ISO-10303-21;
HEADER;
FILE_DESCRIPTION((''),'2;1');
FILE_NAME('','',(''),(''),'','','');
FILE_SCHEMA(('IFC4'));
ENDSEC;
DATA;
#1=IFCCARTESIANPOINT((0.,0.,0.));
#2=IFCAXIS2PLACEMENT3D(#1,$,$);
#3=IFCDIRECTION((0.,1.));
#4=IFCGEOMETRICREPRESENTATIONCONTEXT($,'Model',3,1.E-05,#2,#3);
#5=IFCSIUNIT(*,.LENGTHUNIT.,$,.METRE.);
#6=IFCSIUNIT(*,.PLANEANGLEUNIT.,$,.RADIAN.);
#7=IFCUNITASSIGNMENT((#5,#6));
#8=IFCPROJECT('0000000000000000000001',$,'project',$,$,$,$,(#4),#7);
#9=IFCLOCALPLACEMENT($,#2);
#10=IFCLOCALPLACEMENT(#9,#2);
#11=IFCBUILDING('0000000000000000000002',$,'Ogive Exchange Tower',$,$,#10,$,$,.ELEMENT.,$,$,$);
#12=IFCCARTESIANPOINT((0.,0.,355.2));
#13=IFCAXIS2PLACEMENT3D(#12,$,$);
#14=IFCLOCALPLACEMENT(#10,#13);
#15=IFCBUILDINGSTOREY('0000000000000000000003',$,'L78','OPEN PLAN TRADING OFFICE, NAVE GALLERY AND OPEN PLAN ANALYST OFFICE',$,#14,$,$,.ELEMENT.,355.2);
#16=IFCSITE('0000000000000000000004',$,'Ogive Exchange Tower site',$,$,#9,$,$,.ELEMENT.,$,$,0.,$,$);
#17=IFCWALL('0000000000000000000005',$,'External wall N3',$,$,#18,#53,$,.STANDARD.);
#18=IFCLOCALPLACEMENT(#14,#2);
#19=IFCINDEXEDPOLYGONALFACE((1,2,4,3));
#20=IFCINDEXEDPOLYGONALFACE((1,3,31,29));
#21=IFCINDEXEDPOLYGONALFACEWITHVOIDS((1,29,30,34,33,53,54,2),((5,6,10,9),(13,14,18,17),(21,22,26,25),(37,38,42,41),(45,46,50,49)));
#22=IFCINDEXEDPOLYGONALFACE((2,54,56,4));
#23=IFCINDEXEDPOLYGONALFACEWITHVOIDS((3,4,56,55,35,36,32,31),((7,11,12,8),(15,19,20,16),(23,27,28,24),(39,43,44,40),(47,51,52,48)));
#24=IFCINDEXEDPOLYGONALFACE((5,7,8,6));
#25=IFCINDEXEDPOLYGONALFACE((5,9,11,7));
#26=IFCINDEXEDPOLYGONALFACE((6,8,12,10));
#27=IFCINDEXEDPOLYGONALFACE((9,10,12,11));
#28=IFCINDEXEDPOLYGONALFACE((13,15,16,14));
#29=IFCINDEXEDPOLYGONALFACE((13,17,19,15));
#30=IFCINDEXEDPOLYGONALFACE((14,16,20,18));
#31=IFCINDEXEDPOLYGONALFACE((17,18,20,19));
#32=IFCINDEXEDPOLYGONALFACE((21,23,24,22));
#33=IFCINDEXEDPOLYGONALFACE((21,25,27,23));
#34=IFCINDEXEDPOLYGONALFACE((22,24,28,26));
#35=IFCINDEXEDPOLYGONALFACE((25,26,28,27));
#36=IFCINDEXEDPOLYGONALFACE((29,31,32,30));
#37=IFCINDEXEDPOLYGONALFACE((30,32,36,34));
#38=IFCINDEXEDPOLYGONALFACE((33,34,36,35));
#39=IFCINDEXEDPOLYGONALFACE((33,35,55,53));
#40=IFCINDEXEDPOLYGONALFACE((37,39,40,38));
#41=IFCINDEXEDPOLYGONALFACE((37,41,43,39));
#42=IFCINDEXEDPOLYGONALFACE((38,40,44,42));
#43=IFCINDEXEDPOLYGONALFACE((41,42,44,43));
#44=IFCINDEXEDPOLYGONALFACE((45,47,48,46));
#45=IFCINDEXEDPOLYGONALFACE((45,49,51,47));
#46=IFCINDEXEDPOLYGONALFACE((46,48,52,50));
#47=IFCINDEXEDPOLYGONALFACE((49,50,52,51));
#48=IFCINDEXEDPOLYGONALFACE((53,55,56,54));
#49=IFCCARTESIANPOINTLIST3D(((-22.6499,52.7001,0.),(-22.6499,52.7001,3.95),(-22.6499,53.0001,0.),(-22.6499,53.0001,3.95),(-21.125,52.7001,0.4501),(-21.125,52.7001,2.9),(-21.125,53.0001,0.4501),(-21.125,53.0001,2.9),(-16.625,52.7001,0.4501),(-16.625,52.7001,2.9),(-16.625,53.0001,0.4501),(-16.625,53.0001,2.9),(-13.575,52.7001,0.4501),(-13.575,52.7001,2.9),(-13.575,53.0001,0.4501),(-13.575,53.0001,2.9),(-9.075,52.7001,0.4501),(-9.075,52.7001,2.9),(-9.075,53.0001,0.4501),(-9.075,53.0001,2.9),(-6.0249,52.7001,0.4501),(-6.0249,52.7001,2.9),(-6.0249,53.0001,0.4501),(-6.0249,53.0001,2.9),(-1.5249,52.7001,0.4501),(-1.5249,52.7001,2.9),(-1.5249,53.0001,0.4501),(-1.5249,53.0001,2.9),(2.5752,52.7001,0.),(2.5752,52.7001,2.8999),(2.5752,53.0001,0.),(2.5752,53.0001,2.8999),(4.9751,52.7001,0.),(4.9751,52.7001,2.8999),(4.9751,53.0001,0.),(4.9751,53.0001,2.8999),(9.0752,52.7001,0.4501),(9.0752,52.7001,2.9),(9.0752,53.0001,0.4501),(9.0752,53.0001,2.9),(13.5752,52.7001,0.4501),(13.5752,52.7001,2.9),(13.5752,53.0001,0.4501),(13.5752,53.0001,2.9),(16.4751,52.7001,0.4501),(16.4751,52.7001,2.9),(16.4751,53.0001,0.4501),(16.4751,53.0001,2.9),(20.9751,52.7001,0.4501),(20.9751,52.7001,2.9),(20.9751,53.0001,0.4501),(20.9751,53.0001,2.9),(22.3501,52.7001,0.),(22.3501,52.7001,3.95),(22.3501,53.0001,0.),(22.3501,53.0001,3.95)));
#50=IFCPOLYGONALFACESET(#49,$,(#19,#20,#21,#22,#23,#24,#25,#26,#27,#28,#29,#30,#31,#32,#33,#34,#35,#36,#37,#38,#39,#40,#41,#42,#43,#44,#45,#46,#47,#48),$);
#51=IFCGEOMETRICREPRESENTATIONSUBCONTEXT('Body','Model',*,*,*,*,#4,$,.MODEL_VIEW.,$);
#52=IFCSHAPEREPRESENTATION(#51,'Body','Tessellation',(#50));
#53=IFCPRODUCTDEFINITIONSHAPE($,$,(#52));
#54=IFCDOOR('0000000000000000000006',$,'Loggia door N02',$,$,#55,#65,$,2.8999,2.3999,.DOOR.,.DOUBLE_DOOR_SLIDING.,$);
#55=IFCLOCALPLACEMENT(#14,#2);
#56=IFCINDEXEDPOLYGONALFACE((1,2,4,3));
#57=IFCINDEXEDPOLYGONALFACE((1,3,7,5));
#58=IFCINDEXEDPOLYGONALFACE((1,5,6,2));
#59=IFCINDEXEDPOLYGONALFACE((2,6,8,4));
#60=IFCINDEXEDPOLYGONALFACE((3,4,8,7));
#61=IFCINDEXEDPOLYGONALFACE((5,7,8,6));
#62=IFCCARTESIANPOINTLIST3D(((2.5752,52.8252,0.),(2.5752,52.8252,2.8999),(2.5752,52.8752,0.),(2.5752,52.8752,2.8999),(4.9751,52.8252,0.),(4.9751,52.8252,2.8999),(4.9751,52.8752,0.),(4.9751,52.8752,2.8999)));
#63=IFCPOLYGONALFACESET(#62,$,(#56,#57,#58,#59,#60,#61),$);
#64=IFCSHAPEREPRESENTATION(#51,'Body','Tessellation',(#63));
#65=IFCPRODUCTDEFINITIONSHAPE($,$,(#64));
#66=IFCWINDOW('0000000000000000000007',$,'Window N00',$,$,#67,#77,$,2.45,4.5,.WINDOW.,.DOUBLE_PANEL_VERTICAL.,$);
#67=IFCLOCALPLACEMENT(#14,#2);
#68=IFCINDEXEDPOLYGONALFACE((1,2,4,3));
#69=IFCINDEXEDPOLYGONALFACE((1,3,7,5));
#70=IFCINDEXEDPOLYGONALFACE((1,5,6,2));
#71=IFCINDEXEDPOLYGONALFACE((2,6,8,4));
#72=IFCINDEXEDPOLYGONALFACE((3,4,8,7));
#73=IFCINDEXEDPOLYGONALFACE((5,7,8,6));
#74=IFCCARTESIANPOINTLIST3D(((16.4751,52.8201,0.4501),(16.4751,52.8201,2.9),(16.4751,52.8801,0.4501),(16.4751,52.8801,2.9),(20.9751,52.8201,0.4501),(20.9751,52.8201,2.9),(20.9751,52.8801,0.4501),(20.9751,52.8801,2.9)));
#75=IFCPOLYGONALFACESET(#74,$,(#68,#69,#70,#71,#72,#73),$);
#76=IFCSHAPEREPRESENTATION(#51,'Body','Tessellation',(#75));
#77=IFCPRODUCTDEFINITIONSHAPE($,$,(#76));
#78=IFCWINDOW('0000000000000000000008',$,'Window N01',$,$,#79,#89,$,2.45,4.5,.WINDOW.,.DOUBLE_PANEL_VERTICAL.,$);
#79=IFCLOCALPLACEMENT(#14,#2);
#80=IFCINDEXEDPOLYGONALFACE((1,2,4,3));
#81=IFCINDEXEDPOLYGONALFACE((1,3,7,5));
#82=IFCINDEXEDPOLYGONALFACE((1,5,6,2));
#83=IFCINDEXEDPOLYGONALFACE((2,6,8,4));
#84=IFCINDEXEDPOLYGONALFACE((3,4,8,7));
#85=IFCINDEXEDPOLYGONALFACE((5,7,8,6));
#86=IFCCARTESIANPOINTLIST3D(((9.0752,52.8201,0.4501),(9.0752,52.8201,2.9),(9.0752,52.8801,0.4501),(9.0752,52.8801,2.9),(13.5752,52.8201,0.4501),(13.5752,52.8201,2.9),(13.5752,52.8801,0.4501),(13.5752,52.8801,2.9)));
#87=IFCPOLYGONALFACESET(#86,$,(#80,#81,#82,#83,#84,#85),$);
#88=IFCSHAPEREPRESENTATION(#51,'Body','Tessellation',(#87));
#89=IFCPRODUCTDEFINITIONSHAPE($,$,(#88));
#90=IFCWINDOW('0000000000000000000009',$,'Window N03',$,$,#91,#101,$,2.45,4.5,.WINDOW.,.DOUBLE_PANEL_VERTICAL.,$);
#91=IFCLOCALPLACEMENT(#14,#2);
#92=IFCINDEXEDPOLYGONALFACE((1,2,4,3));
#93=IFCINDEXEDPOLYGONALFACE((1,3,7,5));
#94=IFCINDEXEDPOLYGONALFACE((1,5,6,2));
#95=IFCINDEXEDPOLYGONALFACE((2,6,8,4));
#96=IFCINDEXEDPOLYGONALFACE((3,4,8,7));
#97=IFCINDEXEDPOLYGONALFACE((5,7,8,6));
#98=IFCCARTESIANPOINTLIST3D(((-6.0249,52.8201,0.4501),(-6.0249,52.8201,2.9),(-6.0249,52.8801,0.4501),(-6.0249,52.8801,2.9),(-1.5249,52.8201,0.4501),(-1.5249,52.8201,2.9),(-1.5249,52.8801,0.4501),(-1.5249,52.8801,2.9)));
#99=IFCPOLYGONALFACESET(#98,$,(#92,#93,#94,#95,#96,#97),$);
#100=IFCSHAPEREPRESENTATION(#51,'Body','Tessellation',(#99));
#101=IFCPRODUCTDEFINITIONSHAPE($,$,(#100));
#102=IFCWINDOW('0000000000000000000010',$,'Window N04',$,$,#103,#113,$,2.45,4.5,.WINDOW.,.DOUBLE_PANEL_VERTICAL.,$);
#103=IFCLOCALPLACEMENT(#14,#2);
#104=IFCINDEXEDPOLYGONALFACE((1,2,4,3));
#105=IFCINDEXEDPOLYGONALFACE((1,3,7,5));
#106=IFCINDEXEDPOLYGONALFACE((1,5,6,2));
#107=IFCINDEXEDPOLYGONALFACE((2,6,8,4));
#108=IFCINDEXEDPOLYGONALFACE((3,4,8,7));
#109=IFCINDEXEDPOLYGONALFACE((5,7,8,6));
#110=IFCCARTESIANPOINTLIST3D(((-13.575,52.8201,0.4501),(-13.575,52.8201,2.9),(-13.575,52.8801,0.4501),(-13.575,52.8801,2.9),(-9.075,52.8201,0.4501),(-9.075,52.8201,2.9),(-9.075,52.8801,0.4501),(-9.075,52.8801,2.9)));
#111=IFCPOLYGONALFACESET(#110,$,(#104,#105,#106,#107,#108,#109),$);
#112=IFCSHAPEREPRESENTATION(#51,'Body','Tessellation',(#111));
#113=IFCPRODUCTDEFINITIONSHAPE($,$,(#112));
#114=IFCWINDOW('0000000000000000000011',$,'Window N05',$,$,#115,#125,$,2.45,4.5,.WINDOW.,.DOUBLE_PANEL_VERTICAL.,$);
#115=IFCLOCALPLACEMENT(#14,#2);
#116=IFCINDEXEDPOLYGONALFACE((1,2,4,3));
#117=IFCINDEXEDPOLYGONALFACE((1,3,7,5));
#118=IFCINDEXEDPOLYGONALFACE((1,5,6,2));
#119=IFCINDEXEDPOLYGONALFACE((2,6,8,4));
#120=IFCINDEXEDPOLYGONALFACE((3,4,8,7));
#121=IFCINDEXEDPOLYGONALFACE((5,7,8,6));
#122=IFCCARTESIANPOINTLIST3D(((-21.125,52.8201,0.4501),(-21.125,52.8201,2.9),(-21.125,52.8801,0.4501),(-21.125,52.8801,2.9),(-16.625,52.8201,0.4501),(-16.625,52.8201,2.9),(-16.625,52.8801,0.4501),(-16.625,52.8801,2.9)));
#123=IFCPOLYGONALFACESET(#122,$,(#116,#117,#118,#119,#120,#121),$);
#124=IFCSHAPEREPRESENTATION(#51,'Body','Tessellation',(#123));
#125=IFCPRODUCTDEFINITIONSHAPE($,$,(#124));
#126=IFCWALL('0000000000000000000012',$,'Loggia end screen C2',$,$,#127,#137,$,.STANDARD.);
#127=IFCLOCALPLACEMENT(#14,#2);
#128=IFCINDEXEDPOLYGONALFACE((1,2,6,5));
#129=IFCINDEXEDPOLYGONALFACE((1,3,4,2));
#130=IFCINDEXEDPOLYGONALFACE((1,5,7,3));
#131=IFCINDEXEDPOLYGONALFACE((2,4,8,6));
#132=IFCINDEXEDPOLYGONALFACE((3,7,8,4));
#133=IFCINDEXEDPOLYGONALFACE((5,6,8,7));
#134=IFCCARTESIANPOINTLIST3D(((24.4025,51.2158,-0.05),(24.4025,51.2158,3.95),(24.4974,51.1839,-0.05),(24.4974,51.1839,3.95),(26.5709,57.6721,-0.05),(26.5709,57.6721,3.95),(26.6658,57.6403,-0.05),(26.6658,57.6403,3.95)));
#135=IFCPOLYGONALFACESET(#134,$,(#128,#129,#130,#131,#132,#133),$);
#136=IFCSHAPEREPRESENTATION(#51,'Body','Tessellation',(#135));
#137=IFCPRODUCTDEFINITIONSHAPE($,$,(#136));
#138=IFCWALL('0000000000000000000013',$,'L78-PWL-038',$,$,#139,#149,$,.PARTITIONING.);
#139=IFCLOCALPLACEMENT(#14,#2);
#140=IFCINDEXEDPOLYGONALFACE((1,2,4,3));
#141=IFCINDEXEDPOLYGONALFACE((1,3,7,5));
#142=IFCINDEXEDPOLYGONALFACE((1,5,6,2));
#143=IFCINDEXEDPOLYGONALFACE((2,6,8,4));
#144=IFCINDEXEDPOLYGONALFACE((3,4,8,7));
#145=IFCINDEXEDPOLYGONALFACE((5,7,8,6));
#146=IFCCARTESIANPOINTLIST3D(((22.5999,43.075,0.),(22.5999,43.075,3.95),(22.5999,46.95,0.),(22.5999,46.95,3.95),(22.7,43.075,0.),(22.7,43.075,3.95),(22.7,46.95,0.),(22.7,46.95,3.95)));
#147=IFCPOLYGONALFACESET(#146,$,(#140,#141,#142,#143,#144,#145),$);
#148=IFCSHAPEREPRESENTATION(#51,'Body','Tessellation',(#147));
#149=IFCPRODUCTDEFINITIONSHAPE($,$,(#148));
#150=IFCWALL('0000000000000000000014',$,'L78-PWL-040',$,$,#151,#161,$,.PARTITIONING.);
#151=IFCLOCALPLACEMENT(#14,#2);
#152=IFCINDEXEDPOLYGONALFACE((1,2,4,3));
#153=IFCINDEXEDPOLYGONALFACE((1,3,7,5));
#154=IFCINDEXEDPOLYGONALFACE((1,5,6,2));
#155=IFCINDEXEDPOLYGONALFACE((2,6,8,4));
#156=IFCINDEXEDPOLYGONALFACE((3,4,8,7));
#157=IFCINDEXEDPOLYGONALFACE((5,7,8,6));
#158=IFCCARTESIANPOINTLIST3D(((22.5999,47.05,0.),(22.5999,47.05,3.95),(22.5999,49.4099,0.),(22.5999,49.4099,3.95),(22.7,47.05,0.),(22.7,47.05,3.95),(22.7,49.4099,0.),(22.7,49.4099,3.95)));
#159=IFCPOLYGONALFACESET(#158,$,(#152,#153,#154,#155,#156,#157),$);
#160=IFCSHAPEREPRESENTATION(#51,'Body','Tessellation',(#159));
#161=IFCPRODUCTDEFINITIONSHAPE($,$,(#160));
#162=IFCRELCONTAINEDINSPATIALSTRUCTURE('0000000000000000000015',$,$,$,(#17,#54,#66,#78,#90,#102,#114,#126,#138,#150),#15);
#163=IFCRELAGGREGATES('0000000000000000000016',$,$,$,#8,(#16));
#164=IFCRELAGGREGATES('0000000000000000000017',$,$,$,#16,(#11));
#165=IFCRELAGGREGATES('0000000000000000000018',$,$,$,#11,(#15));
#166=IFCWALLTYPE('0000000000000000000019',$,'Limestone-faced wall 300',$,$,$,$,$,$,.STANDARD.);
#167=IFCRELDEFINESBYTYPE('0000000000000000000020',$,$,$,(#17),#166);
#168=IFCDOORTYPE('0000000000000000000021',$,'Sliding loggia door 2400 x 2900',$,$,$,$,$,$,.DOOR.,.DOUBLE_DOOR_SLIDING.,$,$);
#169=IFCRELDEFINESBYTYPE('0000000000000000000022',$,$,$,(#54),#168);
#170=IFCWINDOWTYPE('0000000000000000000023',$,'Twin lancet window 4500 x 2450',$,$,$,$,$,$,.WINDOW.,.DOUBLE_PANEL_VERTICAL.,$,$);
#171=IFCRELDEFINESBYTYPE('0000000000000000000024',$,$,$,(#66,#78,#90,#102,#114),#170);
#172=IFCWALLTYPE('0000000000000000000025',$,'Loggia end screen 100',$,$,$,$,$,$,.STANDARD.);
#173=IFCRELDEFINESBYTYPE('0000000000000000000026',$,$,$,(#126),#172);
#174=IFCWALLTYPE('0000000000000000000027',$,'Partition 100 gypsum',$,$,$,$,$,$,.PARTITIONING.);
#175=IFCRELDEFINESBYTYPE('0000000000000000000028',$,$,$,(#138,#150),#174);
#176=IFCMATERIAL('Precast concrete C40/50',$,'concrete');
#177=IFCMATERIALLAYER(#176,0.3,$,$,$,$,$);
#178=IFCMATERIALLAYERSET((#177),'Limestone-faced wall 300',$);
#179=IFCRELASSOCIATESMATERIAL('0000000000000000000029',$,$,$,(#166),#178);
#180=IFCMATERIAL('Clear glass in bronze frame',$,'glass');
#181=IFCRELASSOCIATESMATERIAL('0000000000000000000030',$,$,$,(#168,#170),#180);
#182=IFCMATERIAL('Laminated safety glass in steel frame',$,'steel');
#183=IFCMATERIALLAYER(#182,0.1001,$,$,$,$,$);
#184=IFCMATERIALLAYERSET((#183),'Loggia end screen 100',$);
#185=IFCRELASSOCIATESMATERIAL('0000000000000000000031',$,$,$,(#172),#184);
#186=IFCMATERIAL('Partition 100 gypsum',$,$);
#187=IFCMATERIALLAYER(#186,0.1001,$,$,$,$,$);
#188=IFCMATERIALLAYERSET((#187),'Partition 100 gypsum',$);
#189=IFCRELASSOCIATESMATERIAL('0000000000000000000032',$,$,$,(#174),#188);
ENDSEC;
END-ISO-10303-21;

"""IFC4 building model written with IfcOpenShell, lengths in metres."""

from ifc_helpers import new_model, si_unit, direction, frame, frame_2d, origin, place, context, subcontext, project, spatial, rectangle, extrude, material, layer, layer_set, type_object, element, fill, save


model = new_model("IFC4")

# Units and contexts
model_context = context("Model", 3, precision=1e-05, world=origin(), true_north=direction((0.0, 1.0)))
body_context = subcontext(model_context, "Body", "Model", "MODEL_VIEW")
ifc_project = project(units=[si_unit("LENGTHUNIT", "METRE"), si_unit("PLANEANGLEUNIT", "RADIAN")], contexts=[model_context])

# Site, building, storey
site_placement = place(None, origin())
site = spatial("IfcSite", under=ifc_project, at=site_placement, Name="Ogive Exchange Tower site", CompositionType="ELEMENT", RefElevation=0.0)
building_placement = place(site_placement, origin())
building = spatial("IfcBuilding", under=site, at=building_placement, Name="Ogive Exchange Tower", CompositionType="ELEMENT")
storey_placement = place(building_placement, frame((0.0, 0.0, 355.2)))
storey = spatial("IfcBuildingStorey", under=building, at=storey_placement, Name="L78", Description="OPEN PLAN TRADING OFFICE, NAVE GALLERY AND OPEN PLAN ANALYST OFFICE", CompositionType="ELEMENT", Elevation=355.2)

# Wall, openings, door, windows
ifc_material_1 = material(Name="Precast concrete C40/50", Category="concrete")
ifc_layer_1 = layer(ifc_material_1, 0.3)
ifc_layer_set_1 = layer_set([ifc_layer_1], Name="Limestone-faced wall 300")
wall_type_1 = type_object("IfcWallType", Name="Limestone-faced wall 300", PredefinedType="STANDARD", material=ifc_layer_set_1)
wall_1_placement = place(storey_placement, frame((22.3501, 52.8501, 0.0), z_axis=(0.0, 0.0, 1.0), x_axis=(-1.0, 0.0, 0.0)))
wall_1 = element("IfcWall", 1, at=wall_1_placement, inside=storey, type_object=wall_type_1, Name="External wall N3", PredefinedType="STANDARD", context=body_context, shape_type="SweptSolid", body=[
    extrude(rectangle(XDim=45.0, YDim=0.3, at=frame_2d((22.5, 0.0))), origin(), (0.0, 0.0, 1.0), 3.95),
])
opening_1_placement = place(wall_1_placement, frame((1.375, 0.0, 0.45)))
opening_1 = element("IfcOpeningElement", 2, at=opening_1_placement, cuts=wall_1, PredefinedType="OPENING", context=body_context, shape_type="SweptSolid", body=[
    extrude(rectangle(XDim=4.5, YDim=2.45, at=frame_2d((2.25, 1.2251))), frame((0.0, 0.1599, 0.0), z_axis=(0.0, -1.0, 0.0), x_axis=(1.0, 0.0, 0.0)), (0.0, 0.0, 1.0), 0.3201),
])
opening_2_placement = place(wall_1_placement, frame((8.7749, 0.0, 0.45)))
opening_2 = element("IfcOpeningElement", 3, at=opening_2_placement, cuts=wall_1, PredefinedType="OPENING", context=body_context, shape_type="SweptSolid", body=[
    extrude(rectangle(XDim=4.5, YDim=2.45, at=frame_2d((2.25, 1.2251))), frame((0.0, 0.1599, 0.0), z_axis=(0.0, -1.0, 0.0), x_axis=(1.0, 0.0, 0.0)), (0.0, 0.0, 1.0), 0.3201),
])
opening_3_placement = place(wall_1_placement, frame((17.375, 0.0, 0.0)))
opening_3 = element("IfcOpeningElement", 4, at=opening_3_placement, cuts=wall_1, PredefinedType="OPENING", context=body_context, shape_type="SweptSolid", body=[
    extrude(rectangle(XDim=2.3999, YDim=2.8999, at=frame_2d((1.2, 1.45))), frame((0.0, 0.1599, 0.0), z_axis=(0.0, -1.0, 0.0), x_axis=(1.0, 0.0, 0.0)), (0.0, 0.0, 1.0), 0.3201),
])
opening_4_placement = place(wall_1_placement, frame((23.875, 0.0, 0.45)))
opening_4 = element("IfcOpeningElement", 5, at=opening_4_placement, cuts=wall_1, PredefinedType="OPENING", context=body_context, shape_type="SweptSolid", body=[
    extrude(rectangle(XDim=4.5, YDim=2.45, at=frame_2d((2.25, 1.2251))), frame((0.0, 0.1599, 0.0), z_axis=(0.0, -1.0, 0.0), x_axis=(1.0, 0.0, 0.0)), (0.0, 0.0, 1.0), 0.3201),
])
opening_5_placement = place(wall_1_placement, frame((31.425, 0.0, 0.45)))
opening_5 = element("IfcOpeningElement", 6, at=opening_5_placement, cuts=wall_1, PredefinedType="OPENING", context=body_context, shape_type="SweptSolid", body=[
    extrude(rectangle(XDim=4.5, YDim=2.45, at=frame_2d((2.25, 1.2251))), frame((0.0, 0.1599, 0.0), z_axis=(0.0, -1.0, 0.0), x_axis=(1.0, 0.0, 0.0)), (0.0, 0.0, 1.0), 0.3201),
])
opening_6_placement = place(wall_1_placement, frame((38.9751, 0.0, 0.45)))
opening_6 = element("IfcOpeningElement", 7, at=opening_6_placement, cuts=wall_1, PredefinedType="OPENING", context=body_context, shape_type="SweptSolid", body=[
    extrude(rectangle(XDim=4.5, YDim=2.45, at=frame_2d((2.25, 1.2251))), frame((0.0, 0.1599, 0.0), z_axis=(0.0, -1.0, 0.0), x_axis=(1.0, 0.0, 0.0)), (0.0, 0.0, 1.0), 0.3201),
])
ifc_material_2 = material(Name="Clear glass in bronze frame", Category="glass")
door_type_1 = type_object("IfcDoorType", Name="Sliding loggia door 2400 x 2900", OperationType="DOUBLE_DOOR_SLIDING", PredefinedType="DOOR", material=ifc_material_2)
door_1_placement = place(opening_3_placement, origin())
door_1 = element("IfcDoor", 8, at=door_1_placement, inside=storey, type_object=door_type_1, Name="Loggia door N02", OperationType="DOUBLE_DOOR_SLIDING", OverallHeight=2.8999, OverallWidth=2.3999, PredefinedType="DOOR", context=body_context, shape_type="SweptSolid", body=[
    extrude(rectangle(XDim=2.3999, YDim=2.8999, at=frame_2d((1.2, 1.45))), frame((0.0, 0.0249, 0.0), z_axis=(0.0, -1.0, 0.0), x_axis=(1.0, 0.0, 0.0)), (0.0, 0.0, 1.0), 0.05),
])
fill(opening_3, door_1)
window_type = type_object("IfcWindowType", Name="Twin lancet window 4500 x 2450", PartitioningType="DOUBLE_PANEL_VERTICAL", PredefinedType="WINDOW", material=ifc_material_2)
window_1_placement = place(opening_1_placement, origin())
window_1 = element("IfcWindow", 9, at=window_1_placement, inside=storey, type_object=window_type, Name="Window N00", OverallHeight=2.45, OverallWidth=4.5, PartitioningType="DOUBLE_PANEL_VERTICAL", PredefinedType="WINDOW", context=body_context, shape_type="SweptSolid", body=[
    extrude(rectangle(XDim=4.5, YDim=2.45, at=frame_2d((2.25, 1.2251))), frame((0.0, 0.03, 0.0), z_axis=(0.0, -1.0, 0.0), x_axis=(1.0, 0.0, 0.0)), (0.0, 0.0, 1.0), 0.0601),
])
fill(opening_1, window_1)
window_2_placement = place(opening_2_placement, origin())
window_2 = element("IfcWindow", 10, at=window_2_placement, inside=storey, type_object=window_type, Name="Window N01", OverallHeight=2.45, OverallWidth=4.5, PartitioningType="DOUBLE_PANEL_VERTICAL", PredefinedType="WINDOW", context=body_context, shape_type="SweptSolid", body=[
    extrude(rectangle(XDim=4.5, YDim=2.45, at=frame_2d((2.25, 1.2251))), frame((0.0, 0.03, 0.0), z_axis=(0.0, -1.0, 0.0), x_axis=(1.0, 0.0, 0.0)), (0.0, 0.0, 1.0), 0.0601),
])
fill(opening_2, window_2)
window_3_placement = place(opening_4_placement, origin())
window_3 = element("IfcWindow", 11, at=window_3_placement, inside=storey, type_object=window_type, Name="Window N03", OverallHeight=2.45, OverallWidth=4.5, PartitioningType="DOUBLE_PANEL_VERTICAL", PredefinedType="WINDOW", context=body_context, shape_type="SweptSolid", body=[
    extrude(rectangle(XDim=4.5, YDim=2.45, at=frame_2d((2.25, 1.2251))), frame((0.0, 0.03, 0.0), z_axis=(0.0, -1.0, 0.0), x_axis=(1.0, 0.0, 0.0)), (0.0, 0.0, 1.0), 0.0601),
])
fill(opening_4, window_3)
window_4_placement = place(opening_5_placement, origin())
window_4 = element("IfcWindow", 12, at=window_4_placement, inside=storey, type_object=window_type, Name="Window N04", OverallHeight=2.45, OverallWidth=4.5, PartitioningType="DOUBLE_PANEL_VERTICAL", PredefinedType="WINDOW", context=body_context, shape_type="SweptSolid", body=[
    extrude(rectangle(XDim=4.5, YDim=2.45, at=frame_2d((2.25, 1.2251))), frame((0.0, 0.03, 0.0), z_axis=(0.0, -1.0, 0.0), x_axis=(1.0, 0.0, 0.0)), (0.0, 0.0, 1.0), 0.0601),
])
fill(opening_5, window_4)
window_5_placement = place(opening_6_placement, origin())
window_5 = element("IfcWindow", 13, at=window_5_placement, inside=storey, type_object=window_type, Name="Window N05", OverallHeight=2.45, OverallWidth=4.5, PartitioningType="DOUBLE_PANEL_VERTICAL", PredefinedType="WINDOW", context=body_context, shape_type="SweptSolid", body=[
    extrude(rectangle(XDim=4.5, YDim=2.45, at=frame_2d((2.25, 1.2251))), frame((0.0, 0.03, 0.0), z_axis=(0.0, -1.0, 0.0), x_axis=(1.0, 0.0, 0.0)), (0.0, 0.0, 1.0), 0.0601),
])
fill(opening_6, window_5)

# Walls
ifc_material_3 = material(Name="Laminated safety glass in steel frame", Category="steel")
ifc_layer_2 = layer(ifc_material_3, 0.1001)
ifc_layer_set_2 = layer_set([ifc_layer_2], Name="Loggia end screen 100")
wall_type_2 = type_object("IfcWallType", Name="Loggia end screen 100", PredefinedType="STANDARD", material=ifc_layer_set_2)
wall_2_placement = place(storey_placement, frame((24.45, 51.2, -0.05), z_axis=(0.0, 0.0, 1.0), x_axis=(0.318388, 0.94796, 0.0)))
element("IfcWall", 14, at=wall_2_placement, inside=storey, type_object=wall_type_2, Name="Loggia end screen C2", PredefinedType="STANDARD", context=body_context, shape_type="SweptSolid", body=[
    extrude(rectangle(XDim=6.8108, YDim=0.1001, at=frame_2d((3.4053, 0.0))), origin(), (0.0, 0.0, 1.0), 4.0),
])
ifc_material_4 = material(Name="Partition 100 gypsum")
ifc_layer_3 = layer(ifc_material_4, 0.1001)
ifc_layer_set_3 = layer_set([ifc_layer_3], Name="Partition 100 gypsum")
wall_type_3 = type_object("IfcWallType", Name="Partition 100 gypsum", PredefinedType="PARTITIONING", material=ifc_layer_set_3)
wall_3_placement = place(storey_placement, frame((22.6499, 43.075, 0.0), z_axis=(0.0, 0.0, 1.0), x_axis=(0.0, 1.0, 0.0)))
element("IfcWall", 15, at=wall_3_placement, inside=storey, type_object=wall_type_3, Name="L78-PWL-038", PredefinedType="PARTITIONING", context=body_context, shape_type="SweptSolid", body=[
    extrude(rectangle(XDim=3.875, YDim=0.1001, at=frame_2d((1.9375, 0.0))), origin(), (0.0, 0.0, 1.0), 3.95),
])
wall_4_placement = place(storey_placement, frame((22.6499, 47.05, 0.0), z_axis=(0.0, 0.0, 1.0), x_axis=(0.0, 1.0, 0.0)))
element("IfcWall", 16, at=wall_4_placement, inside=storey, type_object=wall_type_3, Name="L78-PWL-040", PredefinedType="PARTITIONING", context=body_context, shape_type="SweptSolid", body=[
    extrude(rectangle(XDim=2.3599, YDim=0.1001, at=frame_2d((1.1799, 0.0))), origin(), (0.0, 0.0, 1.0), 3.95),
])

save(model, "model.ifc")
